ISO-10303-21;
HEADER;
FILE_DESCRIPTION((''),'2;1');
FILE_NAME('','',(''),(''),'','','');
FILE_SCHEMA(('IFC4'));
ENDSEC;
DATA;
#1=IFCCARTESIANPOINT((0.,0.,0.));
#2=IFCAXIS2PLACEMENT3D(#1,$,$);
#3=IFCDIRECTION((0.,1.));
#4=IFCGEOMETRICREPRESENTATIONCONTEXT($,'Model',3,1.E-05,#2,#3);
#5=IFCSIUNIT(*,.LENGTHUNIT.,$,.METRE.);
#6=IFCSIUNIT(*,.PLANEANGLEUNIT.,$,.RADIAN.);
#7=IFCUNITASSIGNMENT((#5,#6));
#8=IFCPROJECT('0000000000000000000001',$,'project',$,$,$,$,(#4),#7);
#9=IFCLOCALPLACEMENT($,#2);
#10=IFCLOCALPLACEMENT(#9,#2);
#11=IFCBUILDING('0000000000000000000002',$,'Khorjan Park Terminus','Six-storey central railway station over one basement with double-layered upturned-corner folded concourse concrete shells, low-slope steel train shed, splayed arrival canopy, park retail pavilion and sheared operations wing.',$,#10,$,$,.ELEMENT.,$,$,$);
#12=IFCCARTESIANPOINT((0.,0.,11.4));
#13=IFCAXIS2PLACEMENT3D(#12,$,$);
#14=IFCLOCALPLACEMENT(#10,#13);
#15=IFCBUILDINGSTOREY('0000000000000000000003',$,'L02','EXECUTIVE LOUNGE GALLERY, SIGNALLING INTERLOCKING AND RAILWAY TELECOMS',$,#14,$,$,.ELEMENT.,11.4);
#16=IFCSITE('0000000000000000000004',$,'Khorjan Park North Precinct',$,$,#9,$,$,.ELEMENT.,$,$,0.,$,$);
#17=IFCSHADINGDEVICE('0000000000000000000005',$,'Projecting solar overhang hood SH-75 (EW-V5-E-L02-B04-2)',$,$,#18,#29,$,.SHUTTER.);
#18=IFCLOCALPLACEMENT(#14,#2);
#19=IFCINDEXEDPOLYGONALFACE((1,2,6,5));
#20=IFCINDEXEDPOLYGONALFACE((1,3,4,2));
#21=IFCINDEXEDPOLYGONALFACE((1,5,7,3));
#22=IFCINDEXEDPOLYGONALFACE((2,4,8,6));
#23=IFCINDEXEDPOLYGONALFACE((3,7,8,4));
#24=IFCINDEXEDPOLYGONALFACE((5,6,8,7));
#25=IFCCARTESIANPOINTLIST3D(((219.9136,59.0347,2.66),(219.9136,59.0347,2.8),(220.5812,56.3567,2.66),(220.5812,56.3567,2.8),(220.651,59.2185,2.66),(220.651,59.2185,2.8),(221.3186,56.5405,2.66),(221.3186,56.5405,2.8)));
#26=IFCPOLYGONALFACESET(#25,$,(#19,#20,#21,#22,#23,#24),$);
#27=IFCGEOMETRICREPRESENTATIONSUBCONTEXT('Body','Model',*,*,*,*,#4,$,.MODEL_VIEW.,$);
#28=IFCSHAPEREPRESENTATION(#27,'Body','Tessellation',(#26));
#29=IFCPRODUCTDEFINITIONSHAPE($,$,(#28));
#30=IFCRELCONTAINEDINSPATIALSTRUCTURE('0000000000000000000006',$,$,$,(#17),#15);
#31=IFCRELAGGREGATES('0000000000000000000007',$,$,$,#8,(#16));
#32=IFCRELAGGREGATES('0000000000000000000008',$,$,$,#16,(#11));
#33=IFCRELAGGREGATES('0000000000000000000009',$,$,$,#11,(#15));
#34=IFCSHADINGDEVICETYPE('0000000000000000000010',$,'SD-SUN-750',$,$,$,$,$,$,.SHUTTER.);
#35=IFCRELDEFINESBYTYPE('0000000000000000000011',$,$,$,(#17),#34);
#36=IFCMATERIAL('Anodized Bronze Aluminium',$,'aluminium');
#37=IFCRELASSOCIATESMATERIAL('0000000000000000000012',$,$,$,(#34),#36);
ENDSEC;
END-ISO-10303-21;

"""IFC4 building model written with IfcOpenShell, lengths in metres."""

from ifc_helpers import new_model, si_unit, direction, frame, origin, origin_2d, place, context, subcontext, project, spatial, rectangle, extrude, material, type_object, element, save


model = new_model("IFC4")

# Units and contexts
model_context = context("Model", 3, precision=1e-05, world=origin(), true_north=direction((0.0, 1.0)))
body_context = subcontext(model_context, "Body", "Model", "MODEL_VIEW")
ifc_project = project(units=[si_unit("LENGTHUNIT", "METRE"), si_unit("PLANEANGLEUNIT", "RADIAN")], contexts=[model_context])

# Site, building, storey
site_placement = place(None, origin())
site = spatial("IfcSite", under=ifc_project, at=site_placement, Name="Khorjan Park North Precinct", CompositionType="ELEMENT", RefElevation=0.0)
building_placement = place(site_placement, origin())
building = spatial("IfcBuilding", under=site, at=building_placement, Name="Khorjan Park Terminus", Description="Six-storey central railway station over one basement with double-layered upturned-corner folded concourse concrete shells, low-slope steel train shed, splayed arrival canopy, park retail pavilion and sheared operations wing.", CompositionType="ELEMENT")
storey_placement = place(building_placement, frame((0.0, 0.0, 11.4)))
storey = spatial("IfcBuildingStorey", under=building, at=storey_placement, Name="L02", Description="EXECUTIVE LOUNGE GALLERY, SIGNALLING INTERLOCKING AND RAILWAY TELECOMS", CompositionType="ELEMENT", Elevation=11.4)

# Shared definitions
ifc_material_1 = material(Name="Anodized Bronze Aluminium", Category="aluminium")

# Shading device
shading_device_type = type_object("IfcShadingDeviceType", Name="SD-SUN-750", PredefinedType="SHUTTER", material=ifc_material_1)
for number, where, z_axis, x_axis, name in (
    (1, (220.6161, 57.7876, 2.66), (0.0, 0.0, 1.0), (-0.24191, 0.970299, 0.0), "Projecting solar overhang hood SH-75 (EW-V5-E-L02-B04-2)"),
):
    element("IfcShadingDevice", number, at=place(storey_placement, frame(where, z_axis=z_axis, x_axis=x_axis)), inside=storey, type_object=shading_device_type, Name=name, PredefinedType="SHUTTER", context=body_context, shape_type="SweptSolid", body=[
        extrude(rectangle(XDim=2.76, YDim=0.76, at=origin_2d()), origin(), (0.0, 0.0, 1.0), 0.14),
    ])

save(model, "model.ifc")
